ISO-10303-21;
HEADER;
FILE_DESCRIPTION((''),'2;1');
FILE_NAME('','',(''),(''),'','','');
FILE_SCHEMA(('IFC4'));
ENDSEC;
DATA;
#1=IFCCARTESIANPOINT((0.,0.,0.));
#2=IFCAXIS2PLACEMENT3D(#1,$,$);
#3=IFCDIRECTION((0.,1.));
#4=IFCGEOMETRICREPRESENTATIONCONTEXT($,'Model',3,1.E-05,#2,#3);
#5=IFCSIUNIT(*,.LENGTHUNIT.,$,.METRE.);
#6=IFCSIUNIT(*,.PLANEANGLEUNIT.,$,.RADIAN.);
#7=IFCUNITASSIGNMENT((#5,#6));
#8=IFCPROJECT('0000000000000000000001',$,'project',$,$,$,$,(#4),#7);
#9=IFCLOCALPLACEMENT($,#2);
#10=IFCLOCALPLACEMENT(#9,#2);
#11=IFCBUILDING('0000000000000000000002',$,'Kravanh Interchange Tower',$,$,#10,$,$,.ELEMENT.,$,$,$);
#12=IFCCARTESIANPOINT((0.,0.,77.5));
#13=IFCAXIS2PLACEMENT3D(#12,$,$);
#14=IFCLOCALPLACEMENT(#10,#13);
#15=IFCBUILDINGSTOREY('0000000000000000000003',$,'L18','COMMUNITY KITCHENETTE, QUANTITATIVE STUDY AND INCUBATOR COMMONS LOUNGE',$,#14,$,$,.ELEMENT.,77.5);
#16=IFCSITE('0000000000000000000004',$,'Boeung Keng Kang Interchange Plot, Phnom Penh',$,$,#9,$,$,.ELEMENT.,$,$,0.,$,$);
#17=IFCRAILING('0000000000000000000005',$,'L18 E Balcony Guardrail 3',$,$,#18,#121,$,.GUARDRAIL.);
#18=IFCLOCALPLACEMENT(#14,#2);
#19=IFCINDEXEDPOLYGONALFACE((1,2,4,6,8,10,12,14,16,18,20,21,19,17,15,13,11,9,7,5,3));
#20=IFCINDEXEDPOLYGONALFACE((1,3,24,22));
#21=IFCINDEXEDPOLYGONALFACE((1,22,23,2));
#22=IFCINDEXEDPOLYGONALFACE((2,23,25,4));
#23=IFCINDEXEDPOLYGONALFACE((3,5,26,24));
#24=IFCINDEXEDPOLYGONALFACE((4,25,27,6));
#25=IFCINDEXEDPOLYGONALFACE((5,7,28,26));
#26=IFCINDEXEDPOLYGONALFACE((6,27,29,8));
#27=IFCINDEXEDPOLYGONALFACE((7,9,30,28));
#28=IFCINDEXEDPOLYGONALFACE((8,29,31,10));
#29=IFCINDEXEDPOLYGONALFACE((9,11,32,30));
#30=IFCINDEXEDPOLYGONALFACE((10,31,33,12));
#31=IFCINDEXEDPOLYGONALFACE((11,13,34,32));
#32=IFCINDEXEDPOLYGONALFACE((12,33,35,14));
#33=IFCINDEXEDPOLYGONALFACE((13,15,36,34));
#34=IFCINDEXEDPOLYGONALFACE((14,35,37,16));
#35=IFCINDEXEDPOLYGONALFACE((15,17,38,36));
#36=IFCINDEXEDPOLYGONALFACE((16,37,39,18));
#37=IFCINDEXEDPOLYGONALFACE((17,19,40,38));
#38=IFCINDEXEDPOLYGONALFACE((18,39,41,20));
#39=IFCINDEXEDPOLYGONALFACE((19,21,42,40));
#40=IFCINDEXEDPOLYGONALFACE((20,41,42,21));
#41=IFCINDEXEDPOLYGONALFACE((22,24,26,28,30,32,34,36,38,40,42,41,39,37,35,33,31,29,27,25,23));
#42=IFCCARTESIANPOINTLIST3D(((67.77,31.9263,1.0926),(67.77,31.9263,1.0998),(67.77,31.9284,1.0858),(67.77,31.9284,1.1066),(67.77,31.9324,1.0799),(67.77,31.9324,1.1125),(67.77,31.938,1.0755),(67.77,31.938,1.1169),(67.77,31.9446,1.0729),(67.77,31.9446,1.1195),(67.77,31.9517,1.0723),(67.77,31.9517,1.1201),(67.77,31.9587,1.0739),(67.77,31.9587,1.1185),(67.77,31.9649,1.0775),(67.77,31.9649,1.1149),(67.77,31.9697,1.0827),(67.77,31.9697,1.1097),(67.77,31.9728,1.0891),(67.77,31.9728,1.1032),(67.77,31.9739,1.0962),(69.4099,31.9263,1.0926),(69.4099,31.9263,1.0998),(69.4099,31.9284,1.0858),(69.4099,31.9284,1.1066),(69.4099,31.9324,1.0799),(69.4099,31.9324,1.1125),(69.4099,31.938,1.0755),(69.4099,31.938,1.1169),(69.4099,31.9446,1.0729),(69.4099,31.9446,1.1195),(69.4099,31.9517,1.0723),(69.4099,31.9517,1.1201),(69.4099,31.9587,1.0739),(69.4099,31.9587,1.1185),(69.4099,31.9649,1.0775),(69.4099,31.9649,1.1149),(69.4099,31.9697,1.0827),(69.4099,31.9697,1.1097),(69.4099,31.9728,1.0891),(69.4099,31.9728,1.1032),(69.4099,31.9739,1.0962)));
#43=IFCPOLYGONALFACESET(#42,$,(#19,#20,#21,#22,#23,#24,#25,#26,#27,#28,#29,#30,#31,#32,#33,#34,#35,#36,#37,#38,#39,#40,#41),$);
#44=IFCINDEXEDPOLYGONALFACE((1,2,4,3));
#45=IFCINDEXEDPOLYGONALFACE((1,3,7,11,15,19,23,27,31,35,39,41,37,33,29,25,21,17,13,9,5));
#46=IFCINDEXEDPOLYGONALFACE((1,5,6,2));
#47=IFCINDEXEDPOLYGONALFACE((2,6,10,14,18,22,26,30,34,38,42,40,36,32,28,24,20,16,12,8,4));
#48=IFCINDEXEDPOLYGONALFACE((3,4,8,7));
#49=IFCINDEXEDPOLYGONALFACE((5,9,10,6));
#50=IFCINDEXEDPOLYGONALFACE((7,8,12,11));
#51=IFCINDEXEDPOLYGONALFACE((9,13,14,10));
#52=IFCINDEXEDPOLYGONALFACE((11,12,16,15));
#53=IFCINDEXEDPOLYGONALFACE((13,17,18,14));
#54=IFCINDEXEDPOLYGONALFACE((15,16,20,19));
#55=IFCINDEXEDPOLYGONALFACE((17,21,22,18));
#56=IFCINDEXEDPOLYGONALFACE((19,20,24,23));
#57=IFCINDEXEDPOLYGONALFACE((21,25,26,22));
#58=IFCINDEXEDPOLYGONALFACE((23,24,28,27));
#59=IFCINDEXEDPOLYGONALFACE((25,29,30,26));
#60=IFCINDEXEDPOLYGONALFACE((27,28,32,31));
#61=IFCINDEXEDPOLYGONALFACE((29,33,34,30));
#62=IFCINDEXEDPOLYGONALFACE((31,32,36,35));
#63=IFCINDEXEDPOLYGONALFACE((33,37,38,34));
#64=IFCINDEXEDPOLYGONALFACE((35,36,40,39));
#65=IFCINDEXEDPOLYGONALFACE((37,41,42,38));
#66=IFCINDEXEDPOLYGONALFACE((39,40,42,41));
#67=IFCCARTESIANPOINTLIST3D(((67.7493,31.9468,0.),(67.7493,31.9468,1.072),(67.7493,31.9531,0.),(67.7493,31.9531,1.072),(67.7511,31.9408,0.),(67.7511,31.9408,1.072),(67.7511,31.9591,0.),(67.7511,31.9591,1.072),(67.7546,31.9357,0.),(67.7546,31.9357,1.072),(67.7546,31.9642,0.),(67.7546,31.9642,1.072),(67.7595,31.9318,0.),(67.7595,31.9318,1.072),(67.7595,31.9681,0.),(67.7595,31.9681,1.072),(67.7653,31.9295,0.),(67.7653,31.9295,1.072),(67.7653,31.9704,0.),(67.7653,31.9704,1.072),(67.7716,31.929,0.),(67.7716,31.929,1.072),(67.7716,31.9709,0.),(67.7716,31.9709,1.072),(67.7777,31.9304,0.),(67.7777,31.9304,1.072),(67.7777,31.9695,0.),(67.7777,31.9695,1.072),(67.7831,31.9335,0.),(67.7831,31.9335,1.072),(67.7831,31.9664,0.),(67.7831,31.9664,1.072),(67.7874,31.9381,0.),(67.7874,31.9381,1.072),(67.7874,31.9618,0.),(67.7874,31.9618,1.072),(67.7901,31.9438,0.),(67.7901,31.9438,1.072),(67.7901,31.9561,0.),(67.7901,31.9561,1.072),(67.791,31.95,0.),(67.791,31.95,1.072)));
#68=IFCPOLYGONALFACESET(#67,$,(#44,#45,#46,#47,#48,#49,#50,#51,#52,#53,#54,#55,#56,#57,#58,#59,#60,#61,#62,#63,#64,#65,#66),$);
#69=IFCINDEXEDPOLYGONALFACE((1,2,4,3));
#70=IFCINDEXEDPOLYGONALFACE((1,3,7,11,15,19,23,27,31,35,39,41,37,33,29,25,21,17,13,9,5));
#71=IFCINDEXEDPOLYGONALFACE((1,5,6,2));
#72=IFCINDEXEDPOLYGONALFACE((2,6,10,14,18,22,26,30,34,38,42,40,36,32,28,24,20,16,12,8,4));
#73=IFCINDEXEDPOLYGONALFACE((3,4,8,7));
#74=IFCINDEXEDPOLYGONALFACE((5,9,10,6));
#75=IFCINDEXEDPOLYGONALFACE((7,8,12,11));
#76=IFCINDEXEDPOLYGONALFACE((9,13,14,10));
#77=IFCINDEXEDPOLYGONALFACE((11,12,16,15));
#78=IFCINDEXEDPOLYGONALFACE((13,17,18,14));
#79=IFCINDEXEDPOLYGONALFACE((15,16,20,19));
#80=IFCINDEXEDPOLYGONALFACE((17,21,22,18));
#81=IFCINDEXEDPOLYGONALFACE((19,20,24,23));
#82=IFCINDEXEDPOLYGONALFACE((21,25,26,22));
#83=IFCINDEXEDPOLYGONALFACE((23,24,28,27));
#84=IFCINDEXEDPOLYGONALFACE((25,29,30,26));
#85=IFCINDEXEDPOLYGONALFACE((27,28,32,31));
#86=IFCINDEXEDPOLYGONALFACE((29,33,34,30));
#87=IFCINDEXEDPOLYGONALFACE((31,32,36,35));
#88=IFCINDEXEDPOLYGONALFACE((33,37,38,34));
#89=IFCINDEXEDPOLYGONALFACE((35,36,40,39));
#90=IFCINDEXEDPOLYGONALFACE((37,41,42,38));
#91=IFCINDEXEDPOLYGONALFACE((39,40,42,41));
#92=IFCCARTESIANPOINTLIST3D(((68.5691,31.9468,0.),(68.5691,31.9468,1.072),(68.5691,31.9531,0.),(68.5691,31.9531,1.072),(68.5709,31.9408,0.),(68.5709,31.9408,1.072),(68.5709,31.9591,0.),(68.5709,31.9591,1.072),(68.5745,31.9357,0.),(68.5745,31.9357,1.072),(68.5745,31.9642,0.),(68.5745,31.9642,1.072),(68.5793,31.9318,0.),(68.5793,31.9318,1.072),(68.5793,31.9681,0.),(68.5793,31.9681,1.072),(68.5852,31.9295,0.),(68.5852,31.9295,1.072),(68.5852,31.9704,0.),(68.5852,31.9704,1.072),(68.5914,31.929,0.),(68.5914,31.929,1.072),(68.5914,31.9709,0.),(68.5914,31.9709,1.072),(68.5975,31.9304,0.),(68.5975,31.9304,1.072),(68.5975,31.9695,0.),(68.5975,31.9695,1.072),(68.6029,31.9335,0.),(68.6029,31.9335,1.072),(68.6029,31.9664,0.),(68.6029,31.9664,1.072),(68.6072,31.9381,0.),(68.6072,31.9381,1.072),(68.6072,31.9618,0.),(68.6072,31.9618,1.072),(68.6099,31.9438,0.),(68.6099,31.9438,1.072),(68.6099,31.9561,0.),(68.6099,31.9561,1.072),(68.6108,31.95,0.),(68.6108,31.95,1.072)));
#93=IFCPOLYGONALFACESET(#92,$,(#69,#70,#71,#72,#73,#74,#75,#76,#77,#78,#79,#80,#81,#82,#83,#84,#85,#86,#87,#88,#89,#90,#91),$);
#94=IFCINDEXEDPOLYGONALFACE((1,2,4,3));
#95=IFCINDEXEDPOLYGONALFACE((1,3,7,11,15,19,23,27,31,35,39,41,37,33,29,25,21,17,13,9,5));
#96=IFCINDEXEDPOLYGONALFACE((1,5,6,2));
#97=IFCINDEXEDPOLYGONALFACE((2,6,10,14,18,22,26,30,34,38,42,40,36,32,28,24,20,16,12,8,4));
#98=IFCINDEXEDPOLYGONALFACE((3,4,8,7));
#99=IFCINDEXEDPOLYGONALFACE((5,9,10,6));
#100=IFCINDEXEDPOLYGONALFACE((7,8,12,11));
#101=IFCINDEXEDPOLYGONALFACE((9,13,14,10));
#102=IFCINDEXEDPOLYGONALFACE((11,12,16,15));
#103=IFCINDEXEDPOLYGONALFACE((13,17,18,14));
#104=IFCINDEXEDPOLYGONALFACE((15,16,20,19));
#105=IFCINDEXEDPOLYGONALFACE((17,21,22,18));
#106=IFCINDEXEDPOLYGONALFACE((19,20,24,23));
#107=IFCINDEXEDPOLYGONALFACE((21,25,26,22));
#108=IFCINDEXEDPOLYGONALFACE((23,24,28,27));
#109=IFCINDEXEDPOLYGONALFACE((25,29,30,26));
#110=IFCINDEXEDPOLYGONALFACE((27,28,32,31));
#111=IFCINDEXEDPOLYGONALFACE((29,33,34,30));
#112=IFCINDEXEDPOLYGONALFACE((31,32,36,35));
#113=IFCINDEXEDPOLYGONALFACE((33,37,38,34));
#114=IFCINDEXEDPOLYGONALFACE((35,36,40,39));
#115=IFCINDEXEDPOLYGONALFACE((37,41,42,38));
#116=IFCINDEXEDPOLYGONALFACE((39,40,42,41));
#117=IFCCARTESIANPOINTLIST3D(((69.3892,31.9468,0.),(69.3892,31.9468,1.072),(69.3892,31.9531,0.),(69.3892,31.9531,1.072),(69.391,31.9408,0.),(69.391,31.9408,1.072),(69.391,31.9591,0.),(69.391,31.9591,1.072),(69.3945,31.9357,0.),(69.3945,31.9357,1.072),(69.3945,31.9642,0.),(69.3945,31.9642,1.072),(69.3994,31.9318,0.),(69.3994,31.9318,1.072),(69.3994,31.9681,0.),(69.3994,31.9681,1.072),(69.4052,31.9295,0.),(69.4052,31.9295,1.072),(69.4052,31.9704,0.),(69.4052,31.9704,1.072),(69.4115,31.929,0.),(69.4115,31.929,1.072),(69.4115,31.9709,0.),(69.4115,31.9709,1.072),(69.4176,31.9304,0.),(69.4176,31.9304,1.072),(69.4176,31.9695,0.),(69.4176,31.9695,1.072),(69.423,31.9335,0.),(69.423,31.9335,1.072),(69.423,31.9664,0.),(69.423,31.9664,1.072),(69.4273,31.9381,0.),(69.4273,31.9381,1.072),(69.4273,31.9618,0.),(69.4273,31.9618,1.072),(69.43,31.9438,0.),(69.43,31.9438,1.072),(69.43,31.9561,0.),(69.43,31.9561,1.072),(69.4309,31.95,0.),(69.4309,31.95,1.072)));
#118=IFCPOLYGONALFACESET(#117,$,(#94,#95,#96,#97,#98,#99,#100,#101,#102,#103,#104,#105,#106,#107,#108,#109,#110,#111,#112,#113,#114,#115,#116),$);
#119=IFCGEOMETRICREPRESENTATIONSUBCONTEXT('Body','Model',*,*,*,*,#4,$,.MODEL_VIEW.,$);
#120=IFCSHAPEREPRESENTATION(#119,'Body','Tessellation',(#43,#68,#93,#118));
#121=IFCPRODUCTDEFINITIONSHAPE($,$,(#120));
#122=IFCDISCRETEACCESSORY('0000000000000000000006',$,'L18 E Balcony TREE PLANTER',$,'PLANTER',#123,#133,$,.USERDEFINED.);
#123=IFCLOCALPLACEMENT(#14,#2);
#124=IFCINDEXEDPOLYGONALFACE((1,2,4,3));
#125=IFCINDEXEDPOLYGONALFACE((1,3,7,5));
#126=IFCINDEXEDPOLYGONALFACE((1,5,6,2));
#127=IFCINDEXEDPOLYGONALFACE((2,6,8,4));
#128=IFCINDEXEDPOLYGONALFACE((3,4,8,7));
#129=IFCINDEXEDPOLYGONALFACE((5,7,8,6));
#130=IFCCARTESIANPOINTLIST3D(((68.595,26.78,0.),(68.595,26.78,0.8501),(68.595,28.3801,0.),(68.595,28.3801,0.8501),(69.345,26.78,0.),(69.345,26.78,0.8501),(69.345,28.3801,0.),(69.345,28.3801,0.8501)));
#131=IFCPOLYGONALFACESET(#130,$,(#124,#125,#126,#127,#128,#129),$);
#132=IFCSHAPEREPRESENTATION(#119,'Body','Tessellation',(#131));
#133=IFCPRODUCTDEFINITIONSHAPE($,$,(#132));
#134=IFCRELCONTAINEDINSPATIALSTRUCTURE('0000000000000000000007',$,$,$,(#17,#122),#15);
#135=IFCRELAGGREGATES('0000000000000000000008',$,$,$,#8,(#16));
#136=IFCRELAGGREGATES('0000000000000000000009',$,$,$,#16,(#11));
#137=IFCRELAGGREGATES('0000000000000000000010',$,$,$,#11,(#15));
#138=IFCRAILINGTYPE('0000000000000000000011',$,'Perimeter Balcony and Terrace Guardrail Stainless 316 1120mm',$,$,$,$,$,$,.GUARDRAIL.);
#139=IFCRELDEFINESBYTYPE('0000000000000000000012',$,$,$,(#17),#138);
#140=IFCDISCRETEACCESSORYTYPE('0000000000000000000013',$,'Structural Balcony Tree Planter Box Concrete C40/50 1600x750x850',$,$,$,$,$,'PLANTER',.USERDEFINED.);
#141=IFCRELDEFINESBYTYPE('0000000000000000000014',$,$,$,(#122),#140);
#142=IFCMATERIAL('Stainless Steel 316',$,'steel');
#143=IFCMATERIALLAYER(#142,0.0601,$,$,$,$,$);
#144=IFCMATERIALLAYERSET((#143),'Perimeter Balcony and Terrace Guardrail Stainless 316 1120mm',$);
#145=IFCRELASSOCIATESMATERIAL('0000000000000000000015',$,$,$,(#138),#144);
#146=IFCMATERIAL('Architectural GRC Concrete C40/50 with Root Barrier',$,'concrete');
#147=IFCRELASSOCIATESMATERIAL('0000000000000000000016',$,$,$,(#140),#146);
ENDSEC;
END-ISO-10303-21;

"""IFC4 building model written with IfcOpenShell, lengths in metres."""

from ifc_helpers import new_model, si_unit, direction, frame, origin, origin_2d, place, context, subcontext, project, spatial, rectangle, circle, extrude, material, layer, layer_set, type_object, element, save


model = new_model("IFC4")

# Units and contexts
model_context = context("Model", 3, precision=1e-05, world=origin(), true_north=direction((0.0, 1.0)))
body_context = subcontext(model_context, "Body", "Model", "MODEL_VIEW")
ifc_project = project(units=[si_unit("LENGTHUNIT", "METRE"), si_unit("PLANEANGLEUNIT", "RADIAN")], contexts=[model_context])

# Site, building, storey
site_placement = place(None, origin())
site = spatial("IfcSite", under=ifc_project, at=site_placement, Name="Boeung Keng Kang Interchange Plot, Phnom Penh", CompositionType="ELEMENT", RefElevation=0.0)
building_placement = place(site_placement, origin())
building = spatial("IfcBuilding", under=site, at=building_placement, Name="Kravanh Interchange Tower", CompositionType="ELEMENT")
storey_placement = place(building_placement, frame((0.0, 0.0, 77.5)))
storey = spatial("IfcBuildingStorey", under=building, at=storey_placement, Name="L18", Description="COMMUNITY KITCHENETTE, QUANTITATIVE STUDY AND INCUBATOR COMMONS LOUNGE", CompositionType="ELEMENT", Elevation=77.5)

# Railing
ifc_material_1 = material(Name="Stainless Steel 316", Category="steel")
ifc_layer_1 = layer(ifc_material_1, 0.0601)
ifc_layer_set_1 = layer_set([ifc_layer_1], Name="Perimeter Balcony and Terrace Guardrail Stainless 316 1120mm")
railing_type = type_object("IfcRailingType", Name="Perimeter Balcony and Terrace Guardrail Stainless 316 1120mm", PredefinedType="GUARDRAIL", material=ifc_layer_set_1)
railing_1_placement = place(storey_placement, frame((67.77, 31.95, 0.0)))
element("IfcRailing", 1, at=railing_1_placement, inside=storey, type_object=railing_type, Name="L18 E Balcony Guardrail 3", PredefinedType="GUARDRAIL", context=body_context, shape_type="SweptSolid", body=[
    extrude(circle(Radius=0.0239, at=origin_2d()), frame((0.0, 0.0, 1.0962), z_axis=(1.0, 0.0, 0.0), x_axis=(0.0, 1.0, 0.0)), (0.0, 0.0, 1.0), 1.6399),
    extrude(circle(Radius=0.021, at=origin_2d()), origin(), (0.0, 0.0, 1.0), 1.072),
    extrude(circle(Radius=0.021, at=origin_2d()), frame((0.8198, 0.0, 0.0)), (0.0, 0.0, 1.0), 1.072),
    extrude(circle(Radius=0.021, at=origin_2d()), frame((1.6399, 0.0, 0.0)), (0.0, 0.0, 1.0), 1.072),
])

# Discrete accessory
ifc_material_2 = material(Name="Architectural GRC Concrete C40/50 with Root Barrier", Category="concrete")
discrete_accessory_type = type_object("IfcDiscreteAccessoryType", Name="Structural Balcony Tree Planter Box Concrete C40/50 1600x750x850", ElementType="PLANTER", PredefinedType="USERDEFINED", material=ifc_material_2)
discrete_accessory_placement = place(storey_placement, frame((68.97, 27.5801, 0.0), z_axis=(0.0, 0.0, 1.0), x_axis=(1.0, 0.0, 0.0)))
element("IfcDiscreteAccessory", 2, at=discrete_accessory_placement, inside=storey, type_object=discrete_accessory_type, Name="L18 E Balcony TREE PLANTER", ObjectType="PLANTER", PredefinedType="USERDEFINED", context=body_context, shape_type="SweptSolid", body=[
    extrude(rectangle(XDim=0.75, YDim=1.6001, at=origin_2d()), origin(), (0.0, 0.0, 1.0), 0.8501),
])

save(model, "model.ifc")
